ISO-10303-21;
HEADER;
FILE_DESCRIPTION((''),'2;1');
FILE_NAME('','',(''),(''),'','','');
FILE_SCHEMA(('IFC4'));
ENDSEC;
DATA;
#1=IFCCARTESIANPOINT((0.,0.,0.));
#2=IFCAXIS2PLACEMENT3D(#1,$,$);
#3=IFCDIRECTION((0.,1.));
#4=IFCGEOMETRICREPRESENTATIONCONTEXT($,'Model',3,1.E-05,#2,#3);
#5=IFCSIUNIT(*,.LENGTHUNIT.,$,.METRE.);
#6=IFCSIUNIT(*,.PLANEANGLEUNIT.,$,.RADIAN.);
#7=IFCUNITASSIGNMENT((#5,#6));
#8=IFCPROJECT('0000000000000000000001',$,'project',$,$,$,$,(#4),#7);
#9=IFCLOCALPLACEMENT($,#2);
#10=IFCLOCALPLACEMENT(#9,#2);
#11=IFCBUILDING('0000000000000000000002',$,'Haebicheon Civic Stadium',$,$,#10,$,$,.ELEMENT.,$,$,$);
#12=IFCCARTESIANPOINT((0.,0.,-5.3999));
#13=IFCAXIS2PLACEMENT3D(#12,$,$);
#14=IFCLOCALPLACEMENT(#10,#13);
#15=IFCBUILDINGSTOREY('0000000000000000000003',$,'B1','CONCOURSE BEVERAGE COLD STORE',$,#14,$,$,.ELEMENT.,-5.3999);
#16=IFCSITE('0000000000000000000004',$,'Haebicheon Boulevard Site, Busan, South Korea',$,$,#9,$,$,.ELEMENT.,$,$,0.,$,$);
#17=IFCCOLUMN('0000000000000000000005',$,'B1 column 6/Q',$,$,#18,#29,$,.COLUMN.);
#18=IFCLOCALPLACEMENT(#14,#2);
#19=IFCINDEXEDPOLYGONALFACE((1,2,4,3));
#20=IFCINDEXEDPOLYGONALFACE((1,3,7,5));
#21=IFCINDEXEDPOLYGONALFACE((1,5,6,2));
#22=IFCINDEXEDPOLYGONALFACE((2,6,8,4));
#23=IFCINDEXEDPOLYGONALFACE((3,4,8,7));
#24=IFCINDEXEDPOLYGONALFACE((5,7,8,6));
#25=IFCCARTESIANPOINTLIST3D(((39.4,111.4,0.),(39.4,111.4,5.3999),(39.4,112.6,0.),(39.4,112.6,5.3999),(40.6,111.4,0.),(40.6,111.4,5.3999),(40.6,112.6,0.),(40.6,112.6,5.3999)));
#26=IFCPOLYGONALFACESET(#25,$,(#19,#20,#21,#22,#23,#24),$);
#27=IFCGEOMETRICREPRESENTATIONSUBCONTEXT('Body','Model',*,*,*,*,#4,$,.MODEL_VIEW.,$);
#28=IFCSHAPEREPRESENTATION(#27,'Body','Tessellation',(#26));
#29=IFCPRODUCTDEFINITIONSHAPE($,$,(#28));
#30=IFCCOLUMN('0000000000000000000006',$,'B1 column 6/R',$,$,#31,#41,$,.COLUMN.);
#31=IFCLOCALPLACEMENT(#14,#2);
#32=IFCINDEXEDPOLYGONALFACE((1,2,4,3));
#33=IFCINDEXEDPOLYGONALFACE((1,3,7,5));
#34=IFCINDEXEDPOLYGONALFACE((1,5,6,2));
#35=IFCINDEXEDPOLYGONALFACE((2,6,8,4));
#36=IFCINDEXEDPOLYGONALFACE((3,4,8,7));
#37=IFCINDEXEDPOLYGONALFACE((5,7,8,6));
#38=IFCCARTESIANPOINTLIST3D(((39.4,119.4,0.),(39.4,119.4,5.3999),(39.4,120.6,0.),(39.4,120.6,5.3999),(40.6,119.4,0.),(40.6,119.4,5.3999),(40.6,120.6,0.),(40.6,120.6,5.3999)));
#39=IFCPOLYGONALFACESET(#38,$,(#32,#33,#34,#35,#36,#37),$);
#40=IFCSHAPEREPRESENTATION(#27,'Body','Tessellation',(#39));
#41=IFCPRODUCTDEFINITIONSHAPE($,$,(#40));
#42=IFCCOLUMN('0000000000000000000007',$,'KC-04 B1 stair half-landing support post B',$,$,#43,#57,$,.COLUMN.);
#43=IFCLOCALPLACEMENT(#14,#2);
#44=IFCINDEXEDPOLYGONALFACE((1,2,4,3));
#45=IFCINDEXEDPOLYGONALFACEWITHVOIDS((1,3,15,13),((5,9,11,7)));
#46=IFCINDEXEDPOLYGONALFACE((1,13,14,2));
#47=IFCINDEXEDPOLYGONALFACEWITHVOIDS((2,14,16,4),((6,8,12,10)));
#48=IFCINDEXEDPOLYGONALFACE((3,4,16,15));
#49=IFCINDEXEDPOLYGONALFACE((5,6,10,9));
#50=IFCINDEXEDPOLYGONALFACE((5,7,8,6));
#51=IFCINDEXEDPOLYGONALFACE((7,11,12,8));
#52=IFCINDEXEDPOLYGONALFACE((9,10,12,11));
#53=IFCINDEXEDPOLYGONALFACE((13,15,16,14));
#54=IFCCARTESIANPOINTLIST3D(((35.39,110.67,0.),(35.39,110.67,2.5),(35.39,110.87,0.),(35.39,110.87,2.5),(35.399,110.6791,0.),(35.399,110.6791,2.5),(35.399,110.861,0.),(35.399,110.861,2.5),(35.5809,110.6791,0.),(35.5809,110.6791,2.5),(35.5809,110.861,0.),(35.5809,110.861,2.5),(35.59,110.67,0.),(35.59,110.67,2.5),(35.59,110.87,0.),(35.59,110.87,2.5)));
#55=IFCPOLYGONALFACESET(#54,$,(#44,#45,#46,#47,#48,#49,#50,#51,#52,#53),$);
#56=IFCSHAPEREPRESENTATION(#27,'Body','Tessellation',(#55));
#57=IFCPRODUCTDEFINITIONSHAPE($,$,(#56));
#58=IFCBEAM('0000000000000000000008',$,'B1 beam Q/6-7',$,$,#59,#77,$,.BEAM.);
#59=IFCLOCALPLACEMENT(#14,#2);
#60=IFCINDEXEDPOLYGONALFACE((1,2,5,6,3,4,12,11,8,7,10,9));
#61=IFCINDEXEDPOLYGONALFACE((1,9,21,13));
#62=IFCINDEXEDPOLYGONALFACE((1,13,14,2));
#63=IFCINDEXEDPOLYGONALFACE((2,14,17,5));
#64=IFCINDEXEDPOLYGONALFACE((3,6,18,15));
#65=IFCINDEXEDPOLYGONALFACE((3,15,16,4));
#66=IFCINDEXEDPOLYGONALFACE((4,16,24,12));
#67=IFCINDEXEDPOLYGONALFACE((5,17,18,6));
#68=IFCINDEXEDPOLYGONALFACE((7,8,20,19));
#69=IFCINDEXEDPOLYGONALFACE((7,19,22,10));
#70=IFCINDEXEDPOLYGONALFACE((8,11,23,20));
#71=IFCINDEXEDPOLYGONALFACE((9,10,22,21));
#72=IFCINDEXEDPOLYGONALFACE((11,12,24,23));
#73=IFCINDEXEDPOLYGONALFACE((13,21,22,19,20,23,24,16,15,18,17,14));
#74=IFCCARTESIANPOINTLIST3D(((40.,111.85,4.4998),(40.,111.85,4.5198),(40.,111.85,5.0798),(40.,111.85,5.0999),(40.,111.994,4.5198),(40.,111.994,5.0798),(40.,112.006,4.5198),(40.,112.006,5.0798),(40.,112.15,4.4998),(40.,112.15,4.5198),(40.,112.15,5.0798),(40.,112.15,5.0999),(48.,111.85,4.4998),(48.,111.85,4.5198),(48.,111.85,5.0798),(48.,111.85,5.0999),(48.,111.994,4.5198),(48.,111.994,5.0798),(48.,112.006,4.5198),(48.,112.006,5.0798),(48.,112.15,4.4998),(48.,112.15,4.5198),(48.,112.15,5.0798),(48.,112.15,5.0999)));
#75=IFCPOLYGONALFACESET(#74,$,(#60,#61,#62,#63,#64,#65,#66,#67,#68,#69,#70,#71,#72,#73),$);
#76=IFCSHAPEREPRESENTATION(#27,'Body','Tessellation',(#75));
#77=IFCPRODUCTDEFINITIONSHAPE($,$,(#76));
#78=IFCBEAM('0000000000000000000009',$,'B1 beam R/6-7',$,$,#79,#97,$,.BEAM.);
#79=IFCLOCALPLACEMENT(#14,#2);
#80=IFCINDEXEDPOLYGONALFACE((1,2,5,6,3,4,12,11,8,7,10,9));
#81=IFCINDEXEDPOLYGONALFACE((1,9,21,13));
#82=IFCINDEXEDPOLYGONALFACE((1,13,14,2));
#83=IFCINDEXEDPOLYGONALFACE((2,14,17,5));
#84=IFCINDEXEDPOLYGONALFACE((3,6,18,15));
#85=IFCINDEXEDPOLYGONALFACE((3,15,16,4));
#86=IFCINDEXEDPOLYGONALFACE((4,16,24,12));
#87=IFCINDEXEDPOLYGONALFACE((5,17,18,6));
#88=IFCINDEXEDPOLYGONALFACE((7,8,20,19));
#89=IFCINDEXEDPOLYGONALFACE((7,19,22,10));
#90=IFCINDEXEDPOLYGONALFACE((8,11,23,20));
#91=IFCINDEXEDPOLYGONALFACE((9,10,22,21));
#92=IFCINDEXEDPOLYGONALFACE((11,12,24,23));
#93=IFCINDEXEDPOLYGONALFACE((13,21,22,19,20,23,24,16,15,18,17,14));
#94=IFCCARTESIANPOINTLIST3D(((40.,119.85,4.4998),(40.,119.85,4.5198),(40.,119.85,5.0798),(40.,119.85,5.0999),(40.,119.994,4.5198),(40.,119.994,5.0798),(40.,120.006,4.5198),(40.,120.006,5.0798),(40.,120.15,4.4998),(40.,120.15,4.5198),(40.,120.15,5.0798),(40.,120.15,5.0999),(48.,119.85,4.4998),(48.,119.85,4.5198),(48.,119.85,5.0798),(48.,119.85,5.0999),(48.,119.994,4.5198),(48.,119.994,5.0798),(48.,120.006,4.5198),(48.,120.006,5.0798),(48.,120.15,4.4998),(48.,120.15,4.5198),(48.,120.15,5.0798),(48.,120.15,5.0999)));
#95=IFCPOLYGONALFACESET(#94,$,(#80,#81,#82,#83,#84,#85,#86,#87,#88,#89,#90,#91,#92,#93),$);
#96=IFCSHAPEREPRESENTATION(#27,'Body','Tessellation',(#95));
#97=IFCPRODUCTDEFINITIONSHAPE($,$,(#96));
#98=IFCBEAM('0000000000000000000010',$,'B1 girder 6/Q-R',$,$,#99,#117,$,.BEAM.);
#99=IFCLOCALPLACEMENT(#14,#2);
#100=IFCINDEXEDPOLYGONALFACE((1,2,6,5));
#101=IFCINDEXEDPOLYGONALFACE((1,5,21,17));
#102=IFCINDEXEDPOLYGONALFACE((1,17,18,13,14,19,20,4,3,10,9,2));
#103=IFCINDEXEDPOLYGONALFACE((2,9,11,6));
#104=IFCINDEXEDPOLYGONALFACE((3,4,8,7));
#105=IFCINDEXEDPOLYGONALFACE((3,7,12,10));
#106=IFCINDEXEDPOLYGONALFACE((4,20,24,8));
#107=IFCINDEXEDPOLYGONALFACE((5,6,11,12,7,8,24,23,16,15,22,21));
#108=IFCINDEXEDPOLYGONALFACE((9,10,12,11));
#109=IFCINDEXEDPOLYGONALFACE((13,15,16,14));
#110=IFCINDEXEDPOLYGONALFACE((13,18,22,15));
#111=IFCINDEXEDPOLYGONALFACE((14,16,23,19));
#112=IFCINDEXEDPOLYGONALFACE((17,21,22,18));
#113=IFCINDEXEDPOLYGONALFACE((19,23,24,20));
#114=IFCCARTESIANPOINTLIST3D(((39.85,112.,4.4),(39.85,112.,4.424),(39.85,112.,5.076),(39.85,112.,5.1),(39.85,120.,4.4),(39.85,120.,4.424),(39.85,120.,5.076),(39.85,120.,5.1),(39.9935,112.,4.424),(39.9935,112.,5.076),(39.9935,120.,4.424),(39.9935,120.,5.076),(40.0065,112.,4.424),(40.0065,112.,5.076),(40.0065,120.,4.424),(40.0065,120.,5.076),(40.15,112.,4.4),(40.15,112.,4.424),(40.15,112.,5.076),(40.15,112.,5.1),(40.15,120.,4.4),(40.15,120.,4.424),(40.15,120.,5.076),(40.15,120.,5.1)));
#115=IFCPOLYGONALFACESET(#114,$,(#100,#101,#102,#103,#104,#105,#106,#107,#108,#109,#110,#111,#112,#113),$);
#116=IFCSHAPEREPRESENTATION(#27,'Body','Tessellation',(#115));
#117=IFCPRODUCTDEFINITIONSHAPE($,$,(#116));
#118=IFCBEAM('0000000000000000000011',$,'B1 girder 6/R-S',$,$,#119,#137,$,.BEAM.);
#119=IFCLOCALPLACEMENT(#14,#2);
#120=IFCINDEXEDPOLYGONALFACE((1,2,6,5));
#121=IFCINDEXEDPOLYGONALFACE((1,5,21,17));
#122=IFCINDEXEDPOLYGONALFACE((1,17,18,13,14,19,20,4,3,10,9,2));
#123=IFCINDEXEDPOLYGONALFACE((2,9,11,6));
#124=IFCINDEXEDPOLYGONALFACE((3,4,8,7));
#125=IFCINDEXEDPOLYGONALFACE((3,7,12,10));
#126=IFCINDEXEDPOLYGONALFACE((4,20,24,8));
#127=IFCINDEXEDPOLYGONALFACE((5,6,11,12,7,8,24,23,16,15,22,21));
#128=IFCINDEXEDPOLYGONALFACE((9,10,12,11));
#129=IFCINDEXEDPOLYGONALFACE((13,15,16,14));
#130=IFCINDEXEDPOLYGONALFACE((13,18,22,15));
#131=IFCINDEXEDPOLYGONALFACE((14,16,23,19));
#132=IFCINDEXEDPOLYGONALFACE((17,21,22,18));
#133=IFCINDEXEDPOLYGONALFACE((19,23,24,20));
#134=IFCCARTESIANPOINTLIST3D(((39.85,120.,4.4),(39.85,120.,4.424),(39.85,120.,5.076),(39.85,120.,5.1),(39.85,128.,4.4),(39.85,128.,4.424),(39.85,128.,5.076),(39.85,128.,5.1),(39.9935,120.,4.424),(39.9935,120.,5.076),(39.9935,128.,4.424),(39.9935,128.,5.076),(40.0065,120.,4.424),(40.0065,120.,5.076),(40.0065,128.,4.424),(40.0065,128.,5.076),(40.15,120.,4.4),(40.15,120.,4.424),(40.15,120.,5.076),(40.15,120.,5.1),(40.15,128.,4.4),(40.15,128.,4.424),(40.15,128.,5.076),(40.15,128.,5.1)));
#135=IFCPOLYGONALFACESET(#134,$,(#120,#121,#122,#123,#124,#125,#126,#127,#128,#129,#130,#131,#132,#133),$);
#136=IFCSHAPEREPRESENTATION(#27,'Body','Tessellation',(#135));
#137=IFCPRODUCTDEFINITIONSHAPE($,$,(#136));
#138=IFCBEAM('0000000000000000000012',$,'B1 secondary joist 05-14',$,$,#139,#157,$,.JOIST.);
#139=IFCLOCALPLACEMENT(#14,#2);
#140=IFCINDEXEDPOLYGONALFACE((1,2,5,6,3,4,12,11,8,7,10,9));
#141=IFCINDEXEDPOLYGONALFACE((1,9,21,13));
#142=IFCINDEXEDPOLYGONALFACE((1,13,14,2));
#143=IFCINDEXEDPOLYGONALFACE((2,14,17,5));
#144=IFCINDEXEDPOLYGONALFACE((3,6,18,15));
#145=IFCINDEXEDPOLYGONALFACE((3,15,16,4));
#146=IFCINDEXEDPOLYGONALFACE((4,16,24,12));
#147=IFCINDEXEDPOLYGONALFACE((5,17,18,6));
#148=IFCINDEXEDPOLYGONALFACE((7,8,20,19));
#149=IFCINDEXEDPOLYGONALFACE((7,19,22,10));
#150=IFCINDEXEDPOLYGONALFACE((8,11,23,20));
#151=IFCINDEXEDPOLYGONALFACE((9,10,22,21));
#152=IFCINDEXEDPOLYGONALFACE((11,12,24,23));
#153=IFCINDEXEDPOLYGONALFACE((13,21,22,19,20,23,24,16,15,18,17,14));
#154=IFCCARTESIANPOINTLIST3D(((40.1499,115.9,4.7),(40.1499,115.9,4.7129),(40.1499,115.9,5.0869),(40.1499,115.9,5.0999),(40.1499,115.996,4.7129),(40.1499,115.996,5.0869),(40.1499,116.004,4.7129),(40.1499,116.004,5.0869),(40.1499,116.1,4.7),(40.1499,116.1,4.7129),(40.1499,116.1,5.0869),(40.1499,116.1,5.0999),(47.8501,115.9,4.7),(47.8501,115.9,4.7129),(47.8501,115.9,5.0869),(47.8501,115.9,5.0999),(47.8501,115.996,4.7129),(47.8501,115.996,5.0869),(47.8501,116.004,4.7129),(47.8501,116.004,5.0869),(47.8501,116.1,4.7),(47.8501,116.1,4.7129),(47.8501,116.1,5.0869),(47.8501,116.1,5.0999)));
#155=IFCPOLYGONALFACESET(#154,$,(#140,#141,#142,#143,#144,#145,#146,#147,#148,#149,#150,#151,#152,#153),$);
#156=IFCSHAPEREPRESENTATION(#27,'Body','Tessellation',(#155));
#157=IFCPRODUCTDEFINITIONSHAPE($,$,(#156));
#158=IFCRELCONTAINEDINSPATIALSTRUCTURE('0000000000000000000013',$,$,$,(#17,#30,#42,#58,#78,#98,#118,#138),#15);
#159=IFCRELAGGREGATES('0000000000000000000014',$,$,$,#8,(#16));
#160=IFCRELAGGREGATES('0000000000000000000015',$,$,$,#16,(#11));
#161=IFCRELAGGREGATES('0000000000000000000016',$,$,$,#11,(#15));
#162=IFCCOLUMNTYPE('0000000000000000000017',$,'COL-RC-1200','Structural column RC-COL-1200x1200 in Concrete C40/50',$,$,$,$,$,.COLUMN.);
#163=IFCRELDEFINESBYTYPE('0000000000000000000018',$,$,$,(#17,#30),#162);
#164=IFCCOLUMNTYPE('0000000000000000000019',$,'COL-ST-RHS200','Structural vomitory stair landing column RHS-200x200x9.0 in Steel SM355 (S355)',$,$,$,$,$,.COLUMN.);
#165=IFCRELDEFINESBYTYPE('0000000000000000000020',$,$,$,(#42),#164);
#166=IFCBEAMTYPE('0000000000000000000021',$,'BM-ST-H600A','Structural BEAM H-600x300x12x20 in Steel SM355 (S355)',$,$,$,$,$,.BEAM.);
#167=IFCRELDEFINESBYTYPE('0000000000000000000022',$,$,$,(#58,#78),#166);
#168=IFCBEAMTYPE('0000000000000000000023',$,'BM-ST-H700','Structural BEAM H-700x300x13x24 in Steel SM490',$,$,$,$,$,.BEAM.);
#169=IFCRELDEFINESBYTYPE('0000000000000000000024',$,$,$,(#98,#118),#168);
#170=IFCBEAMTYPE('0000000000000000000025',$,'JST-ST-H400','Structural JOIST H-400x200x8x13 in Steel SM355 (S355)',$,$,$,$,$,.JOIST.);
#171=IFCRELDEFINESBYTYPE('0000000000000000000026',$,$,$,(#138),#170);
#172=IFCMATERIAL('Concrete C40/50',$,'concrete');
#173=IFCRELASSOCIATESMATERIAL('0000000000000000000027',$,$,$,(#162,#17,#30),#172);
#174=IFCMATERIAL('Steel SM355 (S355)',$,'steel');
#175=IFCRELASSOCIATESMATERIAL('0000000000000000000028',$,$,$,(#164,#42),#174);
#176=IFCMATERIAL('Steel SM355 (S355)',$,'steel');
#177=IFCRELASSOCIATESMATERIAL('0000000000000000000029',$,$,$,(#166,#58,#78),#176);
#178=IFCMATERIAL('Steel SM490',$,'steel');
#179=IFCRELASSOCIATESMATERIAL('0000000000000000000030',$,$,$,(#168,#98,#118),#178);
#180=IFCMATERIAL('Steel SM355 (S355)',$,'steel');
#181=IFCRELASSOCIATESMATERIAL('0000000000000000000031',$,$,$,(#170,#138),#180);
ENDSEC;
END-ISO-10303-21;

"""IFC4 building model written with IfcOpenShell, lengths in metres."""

from ifc_helpers import new_model, si_unit, direction, frame, origin, origin_2d, place, context, subcontext, project, spatial, rectangle, hollow_rectangle, i_section, extrude, material, material_profile, profile_set, type_object, element, save


model = new_model("IFC4")

# Units and contexts
model_context = context("Model", 3, precision=1e-05, world=origin(), true_north=direction((0.0, 1.0)))
body_context = subcontext(model_context, "Body", "Model", "MODEL_VIEW")
ifc_project = project(units=[si_unit("LENGTHUNIT", "METRE"), si_unit("PLANEANGLEUNIT", "RADIAN")], contexts=[model_context])

# Site, building, storey
site_placement = place(None, origin())
site = spatial("IfcSite", under=ifc_project, at=site_placement, Name="Haebicheon Boulevard Site, Busan, South Korea", CompositionType="ELEMENT", RefElevation=0.0)
building_placement = place(site_placement, origin())
building = spatial("IfcBuilding", under=site, at=building_placement, Name="Haebicheon Civic Stadium", CompositionType="ELEMENT")
storey_placement = place(building_placement, frame((0.0, 0.0, -5.3999)))
storey = spatial("IfcBuildingStorey", under=building, at=storey_placement, Name="B1", Description="CONCOURSE BEVERAGE COLD STORE", CompositionType="ELEMENT", Elevation=-5.3999)

# Columns
ifc_material_1 = material(Name="Concrete C40/50", Category="concrete")
ifc_material_profile_1 = material_profile(ifc_material_1, rectangle(XDim=1.2, YDim=1.2, at=origin_2d()), Name="RC-COL-1200x1200")
ifc_profile_set_1 = profile_set([ifc_material_profile_1], Name="Concrete C40/50")
column_type_1 = type_object("IfcColumnType", Name="COL-RC-1200", Description="Structural column RC-COL-1200x1200 in Concrete C40/50", PredefinedType="COLUMN", material=ifc_profile_set_1)
for number, where, z_axis, x_axis, name in (
    (1, (40.0, 112.0, 0.0), (0.0, 0.0, 1.0), (1.0, 0.0, 0.0), "B1 column 6/Q"),
    (2, (40.0, 120.0, 0.0), (0.0, 0.0, 1.0), (1.0, 0.0, 0.0), "B1 column 6/R"),
):
    element("IfcColumn", number, at=place(storey_placement, frame(where, z_axis=z_axis, x_axis=x_axis)), inside=storey, type_object=column_type_1, material=ifc_profile_set_1, Name=name, PredefinedType="COLUMN", context=body_context, shape_type="SweptSolid", body=[
        extrude(rectangle(XDim=1.2, YDim=1.2, at=origin_2d()), origin(), (0.0, 0.0, 1.0), 5.3999),
    ])
ifc_material_2 = material(Name="Steel SM355 (S355)", Category="steel")
ifc_material_profile_2 = material_profile(ifc_material_2, hollow_rectangle(XDim=0.2, YDim=0.2, WallThickness=0.009, at=origin_2d()), Name="RHS-200x200x9.0")
ifc_profile_set_2 = profile_set([ifc_material_profile_2], Name="Steel SM355 (S355)")
column_type_2 = type_object("IfcColumnType", Name="COL-ST-RHS200", Description="Structural vomitory stair landing column RHS-200x200x9.0 in Steel SM355 (S355)", PredefinedType="COLUMN", material=ifc_profile_set_2)
column_placement = place(storey_placement, frame((35.49, 110.77, 0.0), z_axis=(0.0, 0.0, 1.0), x_axis=(1.0, 0.0, 0.0)))
element("IfcColumn", 3, at=column_placement, inside=storey, type_object=column_type_2, material=ifc_profile_set_2, Name="KC-04 B1 stair half-landing support post B", PredefinedType="COLUMN", context=body_context, shape_type="SweptSolid", body=[
    extrude(hollow_rectangle(XDim=0.2, YDim=0.2, WallThickness=0.009, at=origin_2d()), origin(), (0.0, 0.0, 1.0), 2.5),
])

# Beams
ifc_material_3 = material(Name="Steel SM355 (S355)", Category="steel")
ifc_material_profile_3 = material_profile(ifc_material_3, i_section(OverallWidth=0.3, OverallDepth=0.6001, WebThickness=0.012, FlangeThickness=0.02, at=origin_2d()), Name="H-600x300x12x20")
ifc_profile_set_3 = profile_set([ifc_material_profile_3], Name="Steel SM355 (S355)")
beam_type_1 = type_object("IfcBeamType", Name="BM-ST-H600A", Description="Structural BEAM H-600x300x12x20 in Steel SM355 (S355)", PredefinedType="BEAM", material=ifc_profile_set_3)
for number, where, z_axis, x_axis, name in (
    (4, (40.0, 112.0, 4.7998), (1.0, 0.0, 0.0), (0.0, 1.0, 0.0), "B1 beam Q/6-7"),
    (5, (40.0, 120.0, 4.7998), (1.0, 0.0, 0.0), (0.0, 1.0, 0.0), "B1 beam R/6-7"),
):
    element("IfcBeam", number, at=place(storey_placement, frame(where, z_axis=z_axis, x_axis=x_axis)), inside=storey, type_object=beam_type_1, material=ifc_profile_set_3, Name=name, PredefinedType="BEAM", context=body_context, shape_type="SweptSolid", body=[
        extrude(i_section(OverallWidth=0.3, OverallDepth=0.6001, WebThickness=0.012, FlangeThickness=0.02, at=origin_2d()), origin(), (0.0, 0.0, 1.0), 8.0),
    ])
ifc_material_4 = material(Name="Steel SM490", Category="steel")
ifc_material_profile_4 = material_profile(ifc_material_4, i_section(OverallWidth=0.3, OverallDepth=0.7, WebThickness=0.0129, FlangeThickness=0.0239, at=origin_2d()), Name="H-700x300x13x24")
ifc_profile_set_4 = profile_set([ifc_material_profile_4], Name="Steel SM490")
beam_type_2 = type_object("IfcBeamType", Name="BM-ST-H700", Description="Structural BEAM H-700x300x13x24 in Steel SM490", PredefinedType="BEAM", material=ifc_profile_set_4)
for number, where, z_axis, x_axis, name in (
    (6, (40.0, 112.0, 4.75), (0.0, 1.0, 0.0), (-1.0, 0.0, 0.0), "B1 girder 6/Q-R"),
    (7, (40.0, 120.0, 4.75), (0.0, 1.0, 0.0), (-1.0, 0.0, 0.0), "B1 girder 6/R-S"),
):
    element("IfcBeam", number, at=place(storey_placement, frame(where, z_axis=z_axis, x_axis=x_axis)), inside=storey, type_object=beam_type_2, material=ifc_profile_set_4, Name=name, PredefinedType="BEAM", context=body_context, shape_type="SweptSolid", body=[
        extrude(i_section(OverallWidth=0.3, OverallDepth=0.7, WebThickness=0.0129, FlangeThickness=0.0239, at=origin_2d()), origin(), (0.0, 0.0, 1.0), 8.0),
    ])
ifc_material_5 = material(Name="Steel SM355 (S355)", Category="steel")
ifc_material_profile_5 = material_profile(ifc_material_5, i_section(OverallWidth=0.2, OverallDepth=0.3999, WebThickness=0.0081, FlangeThickness=0.0129, at=origin_2d()), Name="H-400x200x8x13")
ifc_profile_set_5 = profile_set([ifc_material_profile_5], Name="Steel SM355 (S355)")
beam_type_3 = type_object("IfcBeamType", Name="JST-ST-H400", Description="Structural JOIST H-400x200x8x13 in Steel SM355 (S355)", PredefinedType="JOIST", material=ifc_profile_set_5)
beam_placement = place(storey_placement, frame((40.1499, 116.0, 4.8999), z_axis=(1.0, 0.0, 0.0), x_axis=(0.0, 1.0, 0.0)))
element("IfcBeam", 8, at=beam_placement, inside=storey, type_object=beam_type_3, material=ifc_profile_set_5, Name="B1 secondary joist 05-14", PredefinedType="JOIST", context=body_context, shape_type="SweptSolid", body=[
    extrude(i_section(OverallWidth=0.2, OverallDepth=0.3999, WebThickness=0.0081, FlangeThickness=0.0129, at=origin_2d()), origin(), (0.0, 0.0, 1.0), 7.7002),
])

save(model, "model.ifc")
